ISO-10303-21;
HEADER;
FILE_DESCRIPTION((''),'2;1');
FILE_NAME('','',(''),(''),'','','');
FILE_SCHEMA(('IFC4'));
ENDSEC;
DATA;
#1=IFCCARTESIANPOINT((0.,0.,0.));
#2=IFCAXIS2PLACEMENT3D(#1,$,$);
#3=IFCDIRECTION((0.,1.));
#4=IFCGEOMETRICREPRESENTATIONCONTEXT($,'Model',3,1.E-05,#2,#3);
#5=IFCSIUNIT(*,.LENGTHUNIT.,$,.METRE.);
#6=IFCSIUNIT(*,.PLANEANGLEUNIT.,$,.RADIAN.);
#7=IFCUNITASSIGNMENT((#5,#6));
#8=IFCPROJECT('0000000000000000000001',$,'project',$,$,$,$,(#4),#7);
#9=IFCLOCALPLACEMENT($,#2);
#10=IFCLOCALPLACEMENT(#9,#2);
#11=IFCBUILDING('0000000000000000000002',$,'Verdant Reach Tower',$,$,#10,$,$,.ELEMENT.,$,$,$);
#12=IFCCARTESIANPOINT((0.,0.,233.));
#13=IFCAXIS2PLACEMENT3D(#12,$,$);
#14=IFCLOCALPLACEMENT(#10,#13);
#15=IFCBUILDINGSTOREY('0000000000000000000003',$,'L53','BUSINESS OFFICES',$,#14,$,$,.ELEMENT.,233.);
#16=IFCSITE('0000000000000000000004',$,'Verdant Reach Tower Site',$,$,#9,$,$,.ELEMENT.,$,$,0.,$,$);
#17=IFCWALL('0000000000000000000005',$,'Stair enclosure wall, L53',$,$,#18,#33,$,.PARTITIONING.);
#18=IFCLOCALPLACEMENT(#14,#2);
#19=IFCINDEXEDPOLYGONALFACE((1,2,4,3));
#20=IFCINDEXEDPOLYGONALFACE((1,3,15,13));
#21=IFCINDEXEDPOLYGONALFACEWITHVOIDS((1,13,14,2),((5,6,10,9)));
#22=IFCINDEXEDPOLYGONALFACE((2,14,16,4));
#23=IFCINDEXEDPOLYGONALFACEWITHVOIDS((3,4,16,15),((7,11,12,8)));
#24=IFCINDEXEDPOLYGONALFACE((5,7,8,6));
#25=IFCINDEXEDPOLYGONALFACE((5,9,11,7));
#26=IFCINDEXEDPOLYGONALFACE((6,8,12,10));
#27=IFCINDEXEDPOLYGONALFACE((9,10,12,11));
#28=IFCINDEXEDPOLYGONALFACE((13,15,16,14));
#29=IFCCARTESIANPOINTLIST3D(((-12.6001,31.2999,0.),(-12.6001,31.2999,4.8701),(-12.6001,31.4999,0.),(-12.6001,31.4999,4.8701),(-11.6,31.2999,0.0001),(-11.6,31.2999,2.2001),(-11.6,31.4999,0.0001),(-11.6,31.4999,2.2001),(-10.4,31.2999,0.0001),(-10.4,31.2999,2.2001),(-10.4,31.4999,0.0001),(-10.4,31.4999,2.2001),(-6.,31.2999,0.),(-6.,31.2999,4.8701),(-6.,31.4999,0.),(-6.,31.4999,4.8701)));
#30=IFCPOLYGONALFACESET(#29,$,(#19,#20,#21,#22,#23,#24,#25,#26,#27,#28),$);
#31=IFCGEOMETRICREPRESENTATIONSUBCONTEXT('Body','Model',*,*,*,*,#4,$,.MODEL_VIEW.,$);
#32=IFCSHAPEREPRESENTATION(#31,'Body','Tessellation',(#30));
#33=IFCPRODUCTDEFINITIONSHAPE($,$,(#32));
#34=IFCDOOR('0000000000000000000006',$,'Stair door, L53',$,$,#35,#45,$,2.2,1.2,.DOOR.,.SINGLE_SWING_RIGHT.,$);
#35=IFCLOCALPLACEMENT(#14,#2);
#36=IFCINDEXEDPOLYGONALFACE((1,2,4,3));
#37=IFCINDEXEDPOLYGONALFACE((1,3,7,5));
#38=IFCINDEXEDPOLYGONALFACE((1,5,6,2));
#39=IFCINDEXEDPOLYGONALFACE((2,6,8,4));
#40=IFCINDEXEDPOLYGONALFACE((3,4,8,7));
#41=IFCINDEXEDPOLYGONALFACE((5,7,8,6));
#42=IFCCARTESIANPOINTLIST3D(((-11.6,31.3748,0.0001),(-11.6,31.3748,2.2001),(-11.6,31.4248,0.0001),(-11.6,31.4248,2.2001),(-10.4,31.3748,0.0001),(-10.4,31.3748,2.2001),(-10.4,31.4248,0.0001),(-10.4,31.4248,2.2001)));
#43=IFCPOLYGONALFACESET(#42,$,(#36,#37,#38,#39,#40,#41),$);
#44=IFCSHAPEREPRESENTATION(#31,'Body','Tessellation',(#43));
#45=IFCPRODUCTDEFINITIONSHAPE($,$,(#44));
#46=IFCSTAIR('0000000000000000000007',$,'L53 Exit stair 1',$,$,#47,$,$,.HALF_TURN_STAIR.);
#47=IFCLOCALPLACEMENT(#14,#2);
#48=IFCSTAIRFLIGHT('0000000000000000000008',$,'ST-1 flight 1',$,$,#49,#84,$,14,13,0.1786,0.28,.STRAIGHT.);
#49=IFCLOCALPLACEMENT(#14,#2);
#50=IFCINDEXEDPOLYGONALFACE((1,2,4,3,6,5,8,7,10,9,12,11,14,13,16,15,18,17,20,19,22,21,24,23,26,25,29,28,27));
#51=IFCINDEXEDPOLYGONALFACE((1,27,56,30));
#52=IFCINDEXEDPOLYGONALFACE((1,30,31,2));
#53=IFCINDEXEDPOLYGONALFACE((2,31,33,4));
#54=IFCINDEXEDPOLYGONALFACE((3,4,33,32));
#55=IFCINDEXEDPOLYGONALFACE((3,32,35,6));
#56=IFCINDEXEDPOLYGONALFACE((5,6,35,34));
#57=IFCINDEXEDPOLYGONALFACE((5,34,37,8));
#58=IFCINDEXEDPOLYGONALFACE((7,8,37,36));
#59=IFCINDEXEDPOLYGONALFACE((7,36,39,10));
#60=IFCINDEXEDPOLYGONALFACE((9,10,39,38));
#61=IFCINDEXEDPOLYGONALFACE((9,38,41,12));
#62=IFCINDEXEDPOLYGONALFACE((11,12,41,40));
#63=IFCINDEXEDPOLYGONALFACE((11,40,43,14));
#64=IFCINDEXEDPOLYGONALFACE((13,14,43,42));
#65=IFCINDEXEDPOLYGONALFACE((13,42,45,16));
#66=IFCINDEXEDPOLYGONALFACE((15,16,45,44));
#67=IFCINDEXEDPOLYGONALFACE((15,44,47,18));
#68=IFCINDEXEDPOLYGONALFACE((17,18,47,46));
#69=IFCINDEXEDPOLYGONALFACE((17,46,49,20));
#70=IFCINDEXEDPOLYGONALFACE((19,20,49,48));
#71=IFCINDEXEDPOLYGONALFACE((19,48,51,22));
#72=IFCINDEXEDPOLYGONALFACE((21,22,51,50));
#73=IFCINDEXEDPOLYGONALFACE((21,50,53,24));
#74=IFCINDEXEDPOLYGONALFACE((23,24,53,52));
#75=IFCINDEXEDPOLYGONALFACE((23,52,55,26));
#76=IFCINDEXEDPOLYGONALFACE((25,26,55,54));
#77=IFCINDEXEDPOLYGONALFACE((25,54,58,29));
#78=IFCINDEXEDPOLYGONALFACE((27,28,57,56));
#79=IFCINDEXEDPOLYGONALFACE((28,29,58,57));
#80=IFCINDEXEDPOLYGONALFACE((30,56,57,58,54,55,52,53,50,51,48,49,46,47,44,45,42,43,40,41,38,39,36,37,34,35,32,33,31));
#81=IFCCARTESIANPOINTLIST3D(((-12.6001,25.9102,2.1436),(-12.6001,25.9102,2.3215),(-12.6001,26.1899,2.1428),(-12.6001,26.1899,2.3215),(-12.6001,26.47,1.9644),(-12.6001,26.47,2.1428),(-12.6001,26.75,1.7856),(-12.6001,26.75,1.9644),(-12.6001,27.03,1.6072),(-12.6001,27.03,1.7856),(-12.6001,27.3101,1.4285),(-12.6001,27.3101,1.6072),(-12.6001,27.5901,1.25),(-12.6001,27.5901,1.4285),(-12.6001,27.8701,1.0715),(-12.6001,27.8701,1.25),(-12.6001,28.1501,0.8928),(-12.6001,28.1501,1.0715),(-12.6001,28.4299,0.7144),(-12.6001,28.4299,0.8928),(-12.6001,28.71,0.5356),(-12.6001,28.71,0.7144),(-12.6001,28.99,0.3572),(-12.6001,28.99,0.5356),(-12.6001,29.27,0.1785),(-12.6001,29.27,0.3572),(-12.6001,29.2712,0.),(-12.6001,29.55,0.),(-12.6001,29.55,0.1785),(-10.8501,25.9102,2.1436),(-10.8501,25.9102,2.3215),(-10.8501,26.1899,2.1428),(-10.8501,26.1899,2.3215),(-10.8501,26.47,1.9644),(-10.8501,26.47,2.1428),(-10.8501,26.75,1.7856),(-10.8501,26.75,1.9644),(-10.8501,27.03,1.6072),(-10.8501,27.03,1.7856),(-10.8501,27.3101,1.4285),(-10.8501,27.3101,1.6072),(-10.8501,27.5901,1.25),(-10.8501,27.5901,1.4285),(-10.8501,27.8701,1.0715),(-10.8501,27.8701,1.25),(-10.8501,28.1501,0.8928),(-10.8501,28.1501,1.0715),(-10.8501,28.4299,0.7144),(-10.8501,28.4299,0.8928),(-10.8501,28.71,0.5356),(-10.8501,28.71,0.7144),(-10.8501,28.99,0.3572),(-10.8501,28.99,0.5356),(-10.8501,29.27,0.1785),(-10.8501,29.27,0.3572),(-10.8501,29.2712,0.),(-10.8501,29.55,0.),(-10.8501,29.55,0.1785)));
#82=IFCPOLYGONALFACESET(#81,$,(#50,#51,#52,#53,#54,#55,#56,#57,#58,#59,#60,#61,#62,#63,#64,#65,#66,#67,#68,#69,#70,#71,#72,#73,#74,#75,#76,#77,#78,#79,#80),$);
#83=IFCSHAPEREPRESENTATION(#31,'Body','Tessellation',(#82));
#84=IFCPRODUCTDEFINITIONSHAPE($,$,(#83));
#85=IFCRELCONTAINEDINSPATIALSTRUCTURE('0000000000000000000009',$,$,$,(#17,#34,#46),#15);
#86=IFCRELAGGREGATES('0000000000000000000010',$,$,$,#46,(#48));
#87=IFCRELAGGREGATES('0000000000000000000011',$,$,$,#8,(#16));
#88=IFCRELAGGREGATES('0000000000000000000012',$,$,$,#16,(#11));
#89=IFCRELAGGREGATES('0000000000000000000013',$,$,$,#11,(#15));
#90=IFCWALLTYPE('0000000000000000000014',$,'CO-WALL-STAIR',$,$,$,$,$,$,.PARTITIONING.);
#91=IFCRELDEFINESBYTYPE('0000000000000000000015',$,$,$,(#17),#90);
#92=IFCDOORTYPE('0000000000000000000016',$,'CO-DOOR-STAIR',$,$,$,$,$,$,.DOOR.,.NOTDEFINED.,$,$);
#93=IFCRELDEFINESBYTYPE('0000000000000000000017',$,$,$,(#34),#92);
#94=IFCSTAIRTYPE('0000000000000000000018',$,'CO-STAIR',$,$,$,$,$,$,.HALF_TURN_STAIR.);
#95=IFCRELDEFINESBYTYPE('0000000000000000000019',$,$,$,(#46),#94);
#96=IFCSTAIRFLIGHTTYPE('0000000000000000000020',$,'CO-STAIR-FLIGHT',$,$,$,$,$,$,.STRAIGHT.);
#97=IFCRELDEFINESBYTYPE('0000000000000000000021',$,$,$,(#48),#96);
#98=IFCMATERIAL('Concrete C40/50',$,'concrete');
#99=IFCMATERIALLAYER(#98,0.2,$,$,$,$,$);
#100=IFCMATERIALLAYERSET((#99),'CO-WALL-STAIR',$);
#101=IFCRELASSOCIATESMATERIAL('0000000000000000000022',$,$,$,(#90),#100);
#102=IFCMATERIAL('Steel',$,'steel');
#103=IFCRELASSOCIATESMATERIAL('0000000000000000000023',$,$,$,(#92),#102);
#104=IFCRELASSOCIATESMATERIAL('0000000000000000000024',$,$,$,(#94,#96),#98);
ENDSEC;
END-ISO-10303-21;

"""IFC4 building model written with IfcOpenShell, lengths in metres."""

from ifc_helpers import new_model, si_unit, direction, frame, frame_2d, origin, place, context, subcontext, project, spatial, polyline, rectangle, outline, extrude, material, layer, layer_set, type_object, element, fill, aggregate, save


model = new_model("IFC4")

# Units and contexts
model_context = context("Model", 3, precision=1e-05, world=origin(), true_north=direction((0.0, 1.0)))
body_context = subcontext(model_context, "Body", "Model", "MODEL_VIEW")
ifc_project = project(units=[si_unit("LENGTHUNIT", "METRE"), si_unit("PLANEANGLEUNIT", "RADIAN")], contexts=[model_context])

# Site, building, storey
site_placement = place(None, origin())
site = spatial("IfcSite", under=ifc_project, at=site_placement, Name="Verdant Reach Tower Site", CompositionType="ELEMENT", RefElevation=0.0)
building_placement = place(site_placement, origin())
building = spatial("IfcBuilding", under=site, at=building_placement, Name="Verdant Reach Tower", CompositionType="ELEMENT")
storey_placement = place(building_placement, frame((0.0, 0.0, 233.0)))
storey = spatial("IfcBuildingStorey", under=building, at=storey_placement, Name="L53", Description="BUSINESS OFFICES", CompositionType="ELEMENT", Elevation=233.0)

# Shared definitions
ifc_material_1 = material(Name="Concrete C40/50", Category="concrete")
ifc_material_2 = material(Name="Steel", Category="steel")

# Wall, opening, door
ifc_layer_1 = layer(ifc_material_1, 0.2)
ifc_layer_set_1 = layer_set([ifc_layer_1], Name="CO-WALL-STAIR")
wall_type_1 = type_object("IfcWallType", Name="CO-WALL-STAIR", PredefinedType="PARTITIONING", material=ifc_layer_set_1)
wall_1_placement = place(storey_placement, frame((-12.6001, 31.3999, 0.0), z_axis=(0.0, 0.0, 1.0), x_axis=(1.0, 0.0, 0.0)))
wall_1 = element("IfcWall", 1, at=wall_1_placement, inside=storey, type_object=wall_type_1, Name="Stair enclosure wall, L53", PredefinedType="PARTITIONING", context=body_context, shape_type="SweptSolid", body=[
    extrude(rectangle(XDim=6.6001, YDim=0.2, at=frame_2d((3.3, 0.0))), origin(), (0.0, 0.0, 1.0), 4.8701),
])
opening_1_placement = place(wall_1_placement, frame((1.0, 0.0, 0.0)))
opening_1 = element("IfcOpeningElement", 2, at=opening_1_placement, cuts=wall_1, PredefinedType="OPENING", context=body_context, shape_type="SweptSolid", body=[
    extrude(rectangle(XDim=1.2, YDim=2.2, at=frame_2d((0.6001, 1.1001))), frame((0.0, 0.1099, 0.0), z_axis=(0.0, -1.0, 0.0), x_axis=(1.0, 0.0, 0.0)), (0.0, 0.0, 1.0), 0.22),
])
door_type_1 = type_object("IfcDoorType", Name="CO-DOOR-STAIR", OperationType="NOTDEFINED", PredefinedType="DOOR", material=ifc_material_2)
door_1_placement = place(opening_1_placement, origin())
door_1 = element("IfcDoor", 3, at=door_1_placement, inside=storey, type_object=door_type_1, Name="Stair door, L53", OperationType="SINGLE_SWING_RIGHT", OverallHeight=2.2, OverallWidth=1.2, PredefinedType="DOOR", context=body_context, shape_type="SweptSolid", body=[
    extrude(rectangle(XDim=1.2, YDim=2.2, at=frame_2d((0.6001, 1.1001))), frame((0.0, 0.0249, 0.0), z_axis=(0.0, -1.0, 0.0), x_axis=(1.0, 0.0, 0.0)), (0.0, 0.0, 1.0), 0.05),
])
fill(opening_1, door_1)

# Stair, stair flight
stair_type = type_object("IfcStairType", Name="CO-STAIR", PredefinedType="HALF_TURN_STAIR", material=ifc_material_1)
stair_placement = place(storey_placement, origin())
stair = element("IfcStair", 4, at=stair_placement, inside=storey, type_object=stair_type, Name="L53 Exit stair 1", PredefinedType="HALF_TURN_STAIR")
stair_flight_type = type_object("IfcStairFlightType", Name="CO-STAIR-FLIGHT", PredefinedType="STRAIGHT", material=ifc_material_1)
stair_flight_placement = place(storey_placement, frame((-11.7251, 29.55, 0.0), z_axis=(0.0, 0.0, 1.0), x_axis=(0.0, -1.0, 0.0)))
stair_flight = element("IfcStairFlight", 5, at=stair_flight_placement, type_object=stair_flight_type, Name="ST-1 flight 1", NumberOfRisers=14, NumberOfTreads=13, PredefinedType="STRAIGHT", RiserHeight=0.1786, TreadLength=0.28, context=body_context, shape_type="SweptSolid", body=[
    extrude(outline(polyline([(0.0, 0.0), (0.0, 0.1785), (0.28, 0.1785), (0.28, 0.3572), (0.5601, 0.3572), (0.5601, 0.5356), (0.8401, 0.5356), (0.8401, 0.7144), (1.1201, 0.7144), (1.1201, 0.8928), (1.3999, 0.8928), (1.3999, 1.0715), (1.6799, 1.0715), (1.6799, 1.25), (1.96, 1.25), (1.96, 1.4285), (2.24, 1.4285), (2.24, 1.6072), (2.52, 1.6072), (2.52, 1.7856), (2.8, 1.7856), (2.8, 1.9644), (3.0801, 1.9644), (3.0801, 2.1428), (3.3601, 2.1428), (3.3601, 2.3215), (3.6399, 2.3215), (3.6399, 2.5), (3.6399, 2.1436), (0.2788, 0.0), (0.0, 0.0)])), frame((0.0, 0.875, 0.0), z_axis=(0.0, -1.0, 0.0), x_axis=(1.0, 0.0, 0.0)), (0.0, 0.0, 1.0), 1.75),
])
aggregate(stair, [stair_flight])

save(model, "model.ifc")
